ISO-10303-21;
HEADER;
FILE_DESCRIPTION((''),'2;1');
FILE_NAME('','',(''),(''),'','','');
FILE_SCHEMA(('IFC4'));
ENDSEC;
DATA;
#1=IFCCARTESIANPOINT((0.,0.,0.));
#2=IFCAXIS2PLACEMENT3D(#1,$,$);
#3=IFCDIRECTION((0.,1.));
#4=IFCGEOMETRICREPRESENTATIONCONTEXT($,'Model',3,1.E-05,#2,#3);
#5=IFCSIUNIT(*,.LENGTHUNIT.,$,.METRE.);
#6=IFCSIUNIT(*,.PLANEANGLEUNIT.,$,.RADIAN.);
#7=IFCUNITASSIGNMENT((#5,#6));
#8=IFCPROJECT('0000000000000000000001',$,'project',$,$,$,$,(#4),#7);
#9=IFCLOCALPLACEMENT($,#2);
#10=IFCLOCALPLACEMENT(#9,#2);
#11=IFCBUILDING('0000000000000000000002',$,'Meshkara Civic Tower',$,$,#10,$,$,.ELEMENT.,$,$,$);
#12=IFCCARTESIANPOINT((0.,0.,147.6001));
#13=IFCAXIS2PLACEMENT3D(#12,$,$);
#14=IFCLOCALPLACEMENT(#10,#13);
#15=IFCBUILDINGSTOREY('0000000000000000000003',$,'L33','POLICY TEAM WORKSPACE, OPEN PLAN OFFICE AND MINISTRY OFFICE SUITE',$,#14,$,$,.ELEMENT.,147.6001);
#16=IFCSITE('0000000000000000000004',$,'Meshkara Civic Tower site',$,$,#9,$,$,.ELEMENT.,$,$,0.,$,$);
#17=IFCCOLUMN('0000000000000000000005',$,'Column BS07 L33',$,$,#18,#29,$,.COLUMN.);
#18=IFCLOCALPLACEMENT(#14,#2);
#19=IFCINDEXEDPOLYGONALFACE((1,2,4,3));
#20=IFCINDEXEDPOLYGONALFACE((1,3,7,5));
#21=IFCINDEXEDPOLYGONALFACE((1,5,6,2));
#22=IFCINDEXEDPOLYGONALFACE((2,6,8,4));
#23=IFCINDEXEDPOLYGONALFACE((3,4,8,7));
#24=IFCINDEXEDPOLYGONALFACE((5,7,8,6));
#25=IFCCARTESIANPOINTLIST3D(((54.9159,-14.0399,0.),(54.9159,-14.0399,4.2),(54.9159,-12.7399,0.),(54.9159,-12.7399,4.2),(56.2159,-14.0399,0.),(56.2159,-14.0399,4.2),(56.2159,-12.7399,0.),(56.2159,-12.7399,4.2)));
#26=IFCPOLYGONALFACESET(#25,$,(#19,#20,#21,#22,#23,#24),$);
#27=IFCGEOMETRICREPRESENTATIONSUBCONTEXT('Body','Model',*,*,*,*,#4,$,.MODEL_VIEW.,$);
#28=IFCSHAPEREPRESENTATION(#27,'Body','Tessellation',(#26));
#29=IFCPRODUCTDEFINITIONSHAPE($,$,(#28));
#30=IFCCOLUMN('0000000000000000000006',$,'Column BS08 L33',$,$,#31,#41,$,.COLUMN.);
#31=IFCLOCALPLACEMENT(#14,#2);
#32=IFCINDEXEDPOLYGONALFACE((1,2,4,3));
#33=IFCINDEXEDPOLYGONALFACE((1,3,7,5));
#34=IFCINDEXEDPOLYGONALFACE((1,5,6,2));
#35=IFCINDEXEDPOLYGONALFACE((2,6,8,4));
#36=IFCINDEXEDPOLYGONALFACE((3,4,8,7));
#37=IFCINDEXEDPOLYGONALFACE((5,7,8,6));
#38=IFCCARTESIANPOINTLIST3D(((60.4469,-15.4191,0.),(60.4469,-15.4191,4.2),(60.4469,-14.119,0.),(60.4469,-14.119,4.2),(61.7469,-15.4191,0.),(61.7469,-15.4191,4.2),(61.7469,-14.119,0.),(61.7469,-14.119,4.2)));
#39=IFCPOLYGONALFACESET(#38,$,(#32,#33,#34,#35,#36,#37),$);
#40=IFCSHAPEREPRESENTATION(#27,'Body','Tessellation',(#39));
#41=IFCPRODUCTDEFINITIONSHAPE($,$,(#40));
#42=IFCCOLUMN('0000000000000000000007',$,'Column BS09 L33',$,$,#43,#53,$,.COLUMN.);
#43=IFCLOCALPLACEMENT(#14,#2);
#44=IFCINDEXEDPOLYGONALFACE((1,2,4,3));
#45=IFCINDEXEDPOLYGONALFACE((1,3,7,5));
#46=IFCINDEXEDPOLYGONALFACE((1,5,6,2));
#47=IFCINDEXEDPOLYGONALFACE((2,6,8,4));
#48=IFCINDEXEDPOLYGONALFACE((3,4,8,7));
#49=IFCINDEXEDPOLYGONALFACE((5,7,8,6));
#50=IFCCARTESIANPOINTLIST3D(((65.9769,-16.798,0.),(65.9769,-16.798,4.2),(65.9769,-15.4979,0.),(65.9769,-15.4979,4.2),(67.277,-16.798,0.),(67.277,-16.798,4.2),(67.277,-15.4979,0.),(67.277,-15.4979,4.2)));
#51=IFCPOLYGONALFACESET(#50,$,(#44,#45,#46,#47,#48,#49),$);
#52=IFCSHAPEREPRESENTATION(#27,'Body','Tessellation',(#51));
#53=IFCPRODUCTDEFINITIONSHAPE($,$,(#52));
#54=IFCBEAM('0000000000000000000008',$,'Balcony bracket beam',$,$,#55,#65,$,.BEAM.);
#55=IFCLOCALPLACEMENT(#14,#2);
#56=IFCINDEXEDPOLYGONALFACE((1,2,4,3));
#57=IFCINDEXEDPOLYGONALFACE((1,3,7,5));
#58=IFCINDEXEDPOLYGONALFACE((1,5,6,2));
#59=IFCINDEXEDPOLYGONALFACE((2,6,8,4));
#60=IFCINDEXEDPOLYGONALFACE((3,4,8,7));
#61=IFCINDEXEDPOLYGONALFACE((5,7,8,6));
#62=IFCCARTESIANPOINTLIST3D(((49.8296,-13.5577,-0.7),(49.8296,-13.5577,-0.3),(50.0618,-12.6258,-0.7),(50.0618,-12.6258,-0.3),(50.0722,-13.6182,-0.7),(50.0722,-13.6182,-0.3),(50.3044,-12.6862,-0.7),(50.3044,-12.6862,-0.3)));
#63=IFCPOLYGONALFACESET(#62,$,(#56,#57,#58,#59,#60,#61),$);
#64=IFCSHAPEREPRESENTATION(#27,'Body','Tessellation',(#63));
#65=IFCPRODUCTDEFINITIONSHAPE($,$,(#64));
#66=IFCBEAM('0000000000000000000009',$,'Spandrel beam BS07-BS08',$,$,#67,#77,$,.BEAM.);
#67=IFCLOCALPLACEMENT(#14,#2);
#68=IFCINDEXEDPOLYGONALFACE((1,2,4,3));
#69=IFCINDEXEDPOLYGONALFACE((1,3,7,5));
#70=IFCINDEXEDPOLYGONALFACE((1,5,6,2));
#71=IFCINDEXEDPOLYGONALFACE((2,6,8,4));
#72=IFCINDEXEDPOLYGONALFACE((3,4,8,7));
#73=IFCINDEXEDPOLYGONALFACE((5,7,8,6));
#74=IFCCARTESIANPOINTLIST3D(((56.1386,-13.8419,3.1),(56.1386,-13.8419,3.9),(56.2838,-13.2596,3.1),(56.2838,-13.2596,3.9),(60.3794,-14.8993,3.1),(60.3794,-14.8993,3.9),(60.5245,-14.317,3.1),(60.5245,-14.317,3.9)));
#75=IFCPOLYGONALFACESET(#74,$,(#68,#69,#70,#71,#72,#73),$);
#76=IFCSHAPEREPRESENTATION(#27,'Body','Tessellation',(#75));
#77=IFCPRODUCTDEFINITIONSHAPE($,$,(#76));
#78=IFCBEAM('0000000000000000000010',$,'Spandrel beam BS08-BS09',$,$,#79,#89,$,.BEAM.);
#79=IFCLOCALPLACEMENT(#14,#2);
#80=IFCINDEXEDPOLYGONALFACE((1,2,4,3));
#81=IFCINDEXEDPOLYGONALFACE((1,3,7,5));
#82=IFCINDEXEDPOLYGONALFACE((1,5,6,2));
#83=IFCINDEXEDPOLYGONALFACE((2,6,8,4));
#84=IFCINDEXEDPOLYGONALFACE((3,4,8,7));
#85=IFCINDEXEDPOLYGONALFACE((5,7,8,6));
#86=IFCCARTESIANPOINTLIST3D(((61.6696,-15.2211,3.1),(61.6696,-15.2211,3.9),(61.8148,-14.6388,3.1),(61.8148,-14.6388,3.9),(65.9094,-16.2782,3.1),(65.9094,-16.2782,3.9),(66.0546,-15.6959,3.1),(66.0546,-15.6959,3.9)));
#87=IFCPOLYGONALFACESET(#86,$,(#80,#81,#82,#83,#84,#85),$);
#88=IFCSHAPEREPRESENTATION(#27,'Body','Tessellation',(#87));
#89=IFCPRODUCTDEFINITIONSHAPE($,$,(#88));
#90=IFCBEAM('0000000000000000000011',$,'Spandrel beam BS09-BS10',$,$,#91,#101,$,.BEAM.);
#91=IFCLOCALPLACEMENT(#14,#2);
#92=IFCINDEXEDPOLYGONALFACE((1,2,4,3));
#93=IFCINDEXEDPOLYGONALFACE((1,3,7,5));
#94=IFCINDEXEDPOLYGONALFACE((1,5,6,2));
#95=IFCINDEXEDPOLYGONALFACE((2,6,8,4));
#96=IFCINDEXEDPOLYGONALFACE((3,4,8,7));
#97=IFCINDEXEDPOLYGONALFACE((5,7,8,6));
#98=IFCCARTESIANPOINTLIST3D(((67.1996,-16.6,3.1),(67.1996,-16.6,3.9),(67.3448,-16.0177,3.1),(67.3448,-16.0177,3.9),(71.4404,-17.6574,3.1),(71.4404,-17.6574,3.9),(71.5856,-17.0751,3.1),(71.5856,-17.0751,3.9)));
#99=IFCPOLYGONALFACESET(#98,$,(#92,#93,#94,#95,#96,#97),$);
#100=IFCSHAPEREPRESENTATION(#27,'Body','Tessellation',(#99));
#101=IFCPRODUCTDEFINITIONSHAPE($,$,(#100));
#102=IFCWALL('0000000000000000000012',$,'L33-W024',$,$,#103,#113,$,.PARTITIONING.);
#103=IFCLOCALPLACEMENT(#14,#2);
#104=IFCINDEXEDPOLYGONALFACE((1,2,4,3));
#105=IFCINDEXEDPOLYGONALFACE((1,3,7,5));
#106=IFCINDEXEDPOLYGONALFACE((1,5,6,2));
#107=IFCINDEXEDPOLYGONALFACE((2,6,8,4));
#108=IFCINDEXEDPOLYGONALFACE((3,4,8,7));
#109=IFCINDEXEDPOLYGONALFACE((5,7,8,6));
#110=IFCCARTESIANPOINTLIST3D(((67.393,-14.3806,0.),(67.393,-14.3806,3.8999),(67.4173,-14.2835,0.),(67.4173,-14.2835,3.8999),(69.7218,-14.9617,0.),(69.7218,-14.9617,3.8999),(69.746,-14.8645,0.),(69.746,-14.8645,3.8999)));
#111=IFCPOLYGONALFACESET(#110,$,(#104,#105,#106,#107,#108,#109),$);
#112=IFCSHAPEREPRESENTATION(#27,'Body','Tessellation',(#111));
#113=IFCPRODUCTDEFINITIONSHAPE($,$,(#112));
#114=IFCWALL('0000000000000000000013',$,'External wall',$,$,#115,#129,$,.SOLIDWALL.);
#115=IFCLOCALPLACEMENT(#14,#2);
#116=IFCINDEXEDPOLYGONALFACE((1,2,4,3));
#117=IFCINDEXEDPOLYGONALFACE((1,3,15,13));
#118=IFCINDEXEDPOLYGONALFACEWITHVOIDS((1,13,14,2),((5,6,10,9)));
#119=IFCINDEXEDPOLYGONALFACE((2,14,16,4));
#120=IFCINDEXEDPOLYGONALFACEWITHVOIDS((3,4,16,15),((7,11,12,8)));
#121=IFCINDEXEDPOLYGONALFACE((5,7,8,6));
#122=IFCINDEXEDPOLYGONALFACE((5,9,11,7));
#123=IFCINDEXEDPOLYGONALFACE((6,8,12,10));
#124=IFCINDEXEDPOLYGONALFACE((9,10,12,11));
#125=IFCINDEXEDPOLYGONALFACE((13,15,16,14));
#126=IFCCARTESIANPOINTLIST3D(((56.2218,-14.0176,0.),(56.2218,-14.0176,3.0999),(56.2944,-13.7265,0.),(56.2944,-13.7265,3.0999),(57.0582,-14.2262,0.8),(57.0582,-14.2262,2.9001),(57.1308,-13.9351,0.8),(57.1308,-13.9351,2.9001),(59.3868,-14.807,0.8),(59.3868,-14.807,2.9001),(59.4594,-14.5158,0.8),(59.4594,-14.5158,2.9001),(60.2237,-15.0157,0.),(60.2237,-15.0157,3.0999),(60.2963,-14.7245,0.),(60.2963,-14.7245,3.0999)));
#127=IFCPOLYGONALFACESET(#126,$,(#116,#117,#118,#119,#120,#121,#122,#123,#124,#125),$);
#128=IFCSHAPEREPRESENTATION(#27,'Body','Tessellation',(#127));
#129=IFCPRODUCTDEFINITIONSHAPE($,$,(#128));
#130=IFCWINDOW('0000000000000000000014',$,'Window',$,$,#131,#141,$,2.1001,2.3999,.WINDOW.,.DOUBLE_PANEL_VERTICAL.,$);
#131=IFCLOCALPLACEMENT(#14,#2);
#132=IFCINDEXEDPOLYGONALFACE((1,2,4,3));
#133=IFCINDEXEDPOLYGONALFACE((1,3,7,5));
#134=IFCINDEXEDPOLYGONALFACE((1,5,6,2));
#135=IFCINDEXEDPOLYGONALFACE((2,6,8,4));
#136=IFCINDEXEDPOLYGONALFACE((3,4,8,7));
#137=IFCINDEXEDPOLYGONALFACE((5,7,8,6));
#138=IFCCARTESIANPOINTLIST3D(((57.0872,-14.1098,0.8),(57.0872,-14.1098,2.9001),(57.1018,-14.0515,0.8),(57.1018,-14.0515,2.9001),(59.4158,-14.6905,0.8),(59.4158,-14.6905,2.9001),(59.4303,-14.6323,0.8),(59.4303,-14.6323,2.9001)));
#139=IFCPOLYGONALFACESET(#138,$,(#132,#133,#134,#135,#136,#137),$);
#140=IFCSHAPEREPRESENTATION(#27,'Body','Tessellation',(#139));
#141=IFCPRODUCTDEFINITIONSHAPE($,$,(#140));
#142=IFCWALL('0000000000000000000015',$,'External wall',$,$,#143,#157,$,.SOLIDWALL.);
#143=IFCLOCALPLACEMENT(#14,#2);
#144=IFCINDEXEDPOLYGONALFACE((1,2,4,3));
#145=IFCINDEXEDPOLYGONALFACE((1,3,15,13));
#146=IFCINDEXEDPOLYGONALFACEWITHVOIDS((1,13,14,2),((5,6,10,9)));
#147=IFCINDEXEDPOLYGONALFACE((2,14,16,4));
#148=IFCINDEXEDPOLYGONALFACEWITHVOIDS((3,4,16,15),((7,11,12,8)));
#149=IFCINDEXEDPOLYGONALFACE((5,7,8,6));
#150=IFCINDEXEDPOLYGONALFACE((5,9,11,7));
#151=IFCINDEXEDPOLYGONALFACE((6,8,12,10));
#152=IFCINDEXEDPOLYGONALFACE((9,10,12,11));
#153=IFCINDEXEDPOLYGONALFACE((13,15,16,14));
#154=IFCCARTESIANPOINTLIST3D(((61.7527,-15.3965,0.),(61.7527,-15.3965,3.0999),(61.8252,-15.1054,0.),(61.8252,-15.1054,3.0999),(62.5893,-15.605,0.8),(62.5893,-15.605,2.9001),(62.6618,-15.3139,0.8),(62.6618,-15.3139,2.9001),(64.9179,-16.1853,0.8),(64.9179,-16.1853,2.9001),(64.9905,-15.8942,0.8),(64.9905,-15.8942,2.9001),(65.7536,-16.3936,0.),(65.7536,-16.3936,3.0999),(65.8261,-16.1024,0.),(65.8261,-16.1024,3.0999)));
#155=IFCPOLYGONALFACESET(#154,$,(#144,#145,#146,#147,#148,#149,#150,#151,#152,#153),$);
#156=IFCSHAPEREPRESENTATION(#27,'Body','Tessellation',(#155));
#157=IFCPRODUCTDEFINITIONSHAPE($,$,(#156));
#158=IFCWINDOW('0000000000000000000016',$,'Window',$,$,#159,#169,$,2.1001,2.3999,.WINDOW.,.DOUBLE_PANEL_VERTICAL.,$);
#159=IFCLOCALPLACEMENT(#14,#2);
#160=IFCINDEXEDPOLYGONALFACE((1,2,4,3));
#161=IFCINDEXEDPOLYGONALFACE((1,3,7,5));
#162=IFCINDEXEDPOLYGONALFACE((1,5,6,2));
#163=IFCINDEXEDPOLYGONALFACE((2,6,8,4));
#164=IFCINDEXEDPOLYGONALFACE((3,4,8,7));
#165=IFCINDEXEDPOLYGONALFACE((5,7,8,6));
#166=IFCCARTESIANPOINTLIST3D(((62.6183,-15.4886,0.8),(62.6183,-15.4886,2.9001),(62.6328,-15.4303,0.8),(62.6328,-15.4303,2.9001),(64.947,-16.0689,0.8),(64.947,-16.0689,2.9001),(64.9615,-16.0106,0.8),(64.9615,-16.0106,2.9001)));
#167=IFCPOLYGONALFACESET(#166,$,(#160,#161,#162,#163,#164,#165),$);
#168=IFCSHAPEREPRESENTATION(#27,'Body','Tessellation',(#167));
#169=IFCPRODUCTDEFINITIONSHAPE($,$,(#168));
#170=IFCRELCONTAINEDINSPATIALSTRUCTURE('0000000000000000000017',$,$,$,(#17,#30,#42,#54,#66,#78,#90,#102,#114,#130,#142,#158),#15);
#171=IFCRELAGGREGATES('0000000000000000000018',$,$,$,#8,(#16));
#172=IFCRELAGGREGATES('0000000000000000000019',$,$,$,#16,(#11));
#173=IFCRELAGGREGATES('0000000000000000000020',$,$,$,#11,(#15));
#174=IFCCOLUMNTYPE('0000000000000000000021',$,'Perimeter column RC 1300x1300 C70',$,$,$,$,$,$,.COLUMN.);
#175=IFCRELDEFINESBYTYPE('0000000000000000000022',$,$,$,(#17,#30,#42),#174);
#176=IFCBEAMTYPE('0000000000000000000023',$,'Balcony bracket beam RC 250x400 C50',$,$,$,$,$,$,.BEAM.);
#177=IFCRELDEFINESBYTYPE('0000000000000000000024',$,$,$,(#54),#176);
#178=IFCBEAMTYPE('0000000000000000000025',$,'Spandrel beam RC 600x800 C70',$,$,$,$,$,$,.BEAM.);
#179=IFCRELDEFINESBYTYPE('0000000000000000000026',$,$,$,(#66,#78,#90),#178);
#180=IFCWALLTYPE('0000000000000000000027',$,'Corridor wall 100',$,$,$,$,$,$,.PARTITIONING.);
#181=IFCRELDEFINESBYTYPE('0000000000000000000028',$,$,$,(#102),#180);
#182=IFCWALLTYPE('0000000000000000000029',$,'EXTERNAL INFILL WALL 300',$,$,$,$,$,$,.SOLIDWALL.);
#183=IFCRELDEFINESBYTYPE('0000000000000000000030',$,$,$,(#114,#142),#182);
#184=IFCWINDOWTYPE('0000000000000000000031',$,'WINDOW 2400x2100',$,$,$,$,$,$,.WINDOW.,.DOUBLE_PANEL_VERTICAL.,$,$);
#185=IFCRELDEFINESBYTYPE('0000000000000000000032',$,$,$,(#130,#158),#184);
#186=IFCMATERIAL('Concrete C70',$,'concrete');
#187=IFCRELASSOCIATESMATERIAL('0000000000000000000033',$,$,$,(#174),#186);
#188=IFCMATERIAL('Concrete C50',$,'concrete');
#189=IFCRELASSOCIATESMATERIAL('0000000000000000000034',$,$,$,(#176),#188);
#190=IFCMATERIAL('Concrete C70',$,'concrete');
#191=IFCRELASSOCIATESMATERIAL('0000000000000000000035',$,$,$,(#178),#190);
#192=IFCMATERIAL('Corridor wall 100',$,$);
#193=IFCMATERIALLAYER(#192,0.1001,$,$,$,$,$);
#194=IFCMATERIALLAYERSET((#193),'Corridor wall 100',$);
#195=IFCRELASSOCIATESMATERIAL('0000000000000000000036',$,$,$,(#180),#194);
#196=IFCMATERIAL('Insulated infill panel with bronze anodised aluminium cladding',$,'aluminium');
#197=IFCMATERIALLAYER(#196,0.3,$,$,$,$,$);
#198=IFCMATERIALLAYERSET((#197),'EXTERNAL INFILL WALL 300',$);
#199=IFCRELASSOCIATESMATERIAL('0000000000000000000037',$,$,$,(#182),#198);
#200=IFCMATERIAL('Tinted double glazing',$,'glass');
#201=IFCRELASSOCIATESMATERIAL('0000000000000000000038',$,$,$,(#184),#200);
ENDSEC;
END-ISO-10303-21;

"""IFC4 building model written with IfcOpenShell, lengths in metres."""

from ifc_helpers import new_model, si_unit, direction, frame, frame_2d, origin, origin_2d, place, context, subcontext, project, spatial, rectangle, extrude, material, layer, layer_set, material_profile, profile_set, type_object, element, fill, save


model = new_model("IFC4")

# Units and contexts
model_context = context("Model", 3, precision=1e-05, world=origin(), true_north=direction((0.0, 1.0)))
body_context = subcontext(model_context, "Body", "Model", "MODEL_VIEW")
ifc_project = project(units=[si_unit("LENGTHUNIT", "METRE"), si_unit("PLANEANGLEUNIT", "RADIAN")], contexts=[model_context])

# Site, building, storey
site_placement = place(None, origin())
site = spatial("IfcSite", under=ifc_project, at=site_placement, Name="Meshkara Civic Tower site", CompositionType="ELEMENT", RefElevation=0.0)
building_placement = place(site_placement, origin())
building = spatial("IfcBuilding", under=site, at=building_placement, Name="Meshkara Civic Tower", CompositionType="ELEMENT")
storey_placement = place(building_placement, frame((0.0, 0.0, 147.6001)))
storey = spatial("IfcBuildingStorey", under=building, at=storey_placement, Name="L33", Description="POLICY TEAM WORKSPACE, OPEN PLAN OFFICE AND MINISTRY OFFICE SUITE", CompositionType="ELEMENT", Elevation=147.6001)

# Columns
ifc_material_1 = material(Name="Concrete C70", Category="concrete")
ifc_material_profile_1 = material_profile(ifc_material_1, rectangle(XDim=1.3, YDim=1.3, at=origin_2d()))
ifc_profile_set_1 = profile_set([ifc_material_profile_1], Name="Concrete C70")
column_type = type_object("IfcColumnType", Name="Perimeter column RC 1300x1300 C70", PredefinedType="COLUMN", material=ifc_profile_set_1)
for number, where, z_axis, x_axis, name in (
    (1, (55.5659, -13.3899, 0.0), (0.0, 0.0, 1.0), (1.0, 0.0, 0.0), "Column BS07 L33"),
    (2, (61.0969, -14.769, 0.0), (0.0, 0.0, 1.0), (1.0, 0.0, 0.0), "Column BS08 L33"),
    (3, (66.627, -16.1479, 0.0), (0.0, 0.0, 1.0), (1.0, 0.0, 0.0), "Column BS09 L33"),
):
    element("IfcColumn", number, at=place(storey_placement, frame(where, z_axis=z_axis, x_axis=x_axis)), inside=storey, type_object=column_type, Name=name, PredefinedType="COLUMN", context=body_context, shape_type="SweptSolid", body=[
        extrude(rectangle(XDim=1.3, YDim=1.3, at=origin_2d()), origin(), (0.0, 0.0, 1.0), 4.2),
    ])

# Beams
ifc_material_2 = material(Name="Concrete C50", Category="concrete")
ifc_material_profile_2 = material_profile(ifc_material_2, rectangle(XDim=0.25, YDim=0.3999, at=origin_2d()))
ifc_profile_set_2 = profile_set([ifc_material_profile_2], Name="Concrete C50")
beam_type_1 = type_object("IfcBeamType", Name="Balcony bracket beam RC 250x400 C50", PredefinedType="BEAM", material=ifc_profile_set_2)
beam_1_placement = place(storey_placement, frame((50.1831, -12.656, -0.5), z_axis=(-0.241758, -0.970337, 0.0), x_axis=(0.970337, -0.241758, 0.0)))
element("IfcBeam", 4, at=beam_1_placement, inside=storey, type_object=beam_type_1, Name="Balcony bracket beam", PredefinedType="BEAM", context=body_context, shape_type="SweptSolid", body=[
    extrude(rectangle(XDim=0.25, YDim=0.3999, at=origin_2d()), origin(), (0.0, 0.0, 1.0), 0.9604),
])
ifc_material_3 = material(Name="Concrete C70", Category="concrete")
ifc_material_profile_3 = material_profile(ifc_material_3, rectangle(XDim=0.6001, YDim=0.8, at=origin_2d()))
ifc_profile_set_3 = profile_set([ifc_material_profile_3], Name="Concrete C70")
beam_type_2 = type_object("IfcBeamType", Name="Spandrel beam RC 600x800 C70", PredefinedType="BEAM", material=ifc_profile_set_3)
beam_2_placement = place(storey_placement, frame((56.2112, -13.5508, 3.5), z_axis=(0.970293, -0.241931, 0.0), x_axis=(0.241931, 0.970293, 0.0)))
element("IfcBeam", 5, at=beam_2_placement, inside=storey, type_object=beam_type_2, Name="Spandrel beam BS07-BS08", PredefinedType="BEAM", context=body_context, shape_type="SweptSolid", body=[
    extrude(rectangle(XDim=0.6001, YDim=0.8, at=origin_2d()), origin(), (0.0, 0.0, 1.0), 4.3706),
])
beam_3_placement = place(storey_placement, frame((61.7422, -14.9299, 3.5), z_axis=(0.970293, -0.241931, 0.0), x_axis=(0.241931, 0.970293, 0.0)))
element("IfcBeam", 6, at=beam_3_placement, inside=storey, type_object=beam_type_2, Name="Spandrel beam BS08-BS09", PredefinedType="BEAM", context=body_context, shape_type="SweptSolid", body=[
    extrude(rectangle(XDim=0.6001, YDim=0.8, at=origin_2d()), origin(), (0.0, 0.0, 1.0), 4.3696),
])
beam_4_placement = place(storey_placement, frame((67.2722, -16.3088, 3.5), z_axis=(0.970293, -0.241931, 0.0), x_axis=(0.241931, 0.970293, 0.0)))
element("IfcBeam", 7, at=beam_4_placement, inside=storey, type_object=beam_type_2, Name="Spandrel beam BS09-BS10", PredefinedType="BEAM", context=body_context, shape_type="SweptSolid", body=[
    extrude(rectangle(XDim=0.6001, YDim=0.8, at=origin_2d()), origin(), (0.0, 0.0, 1.0), 4.3706),
])

# Wall
ifc_material_4 = material(Name="Corridor wall 100")
ifc_layer_1 = layer(ifc_material_4, 0.1001)
ifc_layer_set_1 = layer_set([ifc_layer_1], Name="Corridor wall 100")
wall_type_1 = type_object("IfcWallType", Name="Corridor wall 100", PredefinedType="PARTITIONING", material=ifc_layer_set_1)
wall_1_placement = place(storey_placement, frame((67.405, -14.332, 0.0), z_axis=(0.0, 0.0, 1.0), x_axis=(0.970256, -0.242081, 0.0)))
element("IfcWall", 8, at=wall_1_placement, inside=storey, type_object=wall_type_1, Name="L33-W024", PredefinedType="PARTITIONING", context=body_context, shape_type="SweptSolid", body=[
    extrude(rectangle(XDim=2.4001, YDim=0.1001, at=frame_2d((1.2002, 0.0))), origin(), (0.0, 0.0, 1.0), 3.8999),
])

# Walls, openings, windows
ifc_material_5 = material(Name="Insulated infill panel with bronze anodised aluminium cladding", Category="aluminium")
ifc_layer_2 = layer(ifc_material_5, 0.3)
ifc_layer_set_2 = layer_set([ifc_layer_2], Name="EXTERNAL INFILL WALL 300")
wall_type_2 = type_object("IfcWallType", Name="EXTERNAL INFILL WALL 300", PredefinedType="SOLIDWALL", material=ifc_layer_set_2)
wall_2_placement = place(storey_placement, frame((56.2581, -13.8721, 0.0), z_axis=(0.0, 0.0, 1.0), x_axis=(0.970282, -0.241978, 0.0)))
wall_2 = element("IfcWall", 9, at=wall_2_placement, inside=storey, type_object=wall_type_2, Name="External wall", PredefinedType="SOLIDWALL", context=body_context, shape_type="SweptSolid", body=[
    extrude(rectangle(XDim=4.1245, YDim=0.3, at=frame_2d((2.0623, 0.0))), origin(), (0.0, 0.0, 1.0), 3.0999),
])
opening_1_placement = place(wall_2_placement, frame((0.8621, 0.0, 0.8)))
opening_1 = element("IfcOpeningElement", 10, at=opening_1_placement, cuts=wall_2, PredefinedType="OPENING", context=body_context, shape_type="SweptSolid", body=[
    extrude(rectangle(XDim=2.3999, YDim=2.1001, at=frame_2d((1.2, 1.05))), frame((0.0, 0.1599, 0.0), z_axis=(0.0, -1.0, 0.0), x_axis=(1.0, 0.0, 0.0)), (0.0, 0.0, 1.0), 0.3201),
])
ifc_material_6 = material(Name="Tinted double glazing", Category="glass")
window_type = type_object("IfcWindowType", Name="WINDOW 2400x2100", PartitioningType="DOUBLE_PANEL_VERTICAL", PredefinedType="WINDOW", material=ifc_material_6)
window_1_placement = place(opening_1_placement, origin())
window_1 = element("IfcWindow", 11, at=window_1_placement, inside=storey, type_object=window_type, Name="Window", OverallHeight=2.1001, OverallWidth=2.3999, PartitioningType="DOUBLE_PANEL_VERTICAL", PredefinedType="WINDOW", context=body_context, shape_type="SweptSolid", body=[
    extrude(rectangle(XDim=2.3999, YDim=2.1001, at=frame_2d((1.2, 1.05))), frame((0.0, 0.03, 0.0), z_axis=(0.0, -1.0, 0.0), x_axis=(1.0, 0.0, 0.0)), (0.0, 0.0, 1.0), 0.0601),
])
fill(opening_1, window_1)
wall_3_placement = place(storey_placement, frame((61.7891, -15.251, 0.0), z_axis=(0.0, 0.0, 1.0), x_axis=(0.970323, -0.241811, 0.0)))
wall_3 = element("IfcWall", 12, at=wall_3_placement, inside=storey, type_object=wall_type_2, Name="External wall", PredefinedType="SOLIDWALL", context=body_context, shape_type="SweptSolid", body=[
    extrude(rectangle(XDim=4.1233, YDim=0.3, at=frame_2d((2.0615, 0.0))), origin(), (0.0, 0.0, 1.0), 3.0999),
])
opening_2_placement = place(wall_3_placement, frame((0.8621, 0.0, 0.8)))
opening_2 = element("IfcOpeningElement", 13, at=opening_2_placement, cuts=wall_3, PredefinedType="OPENING", context=body_context, shape_type="SweptSolid", body=[
    extrude(rectangle(XDim=2.3999, YDim=2.1001, at=frame_2d((1.2, 1.05))), frame((0.0, 0.1599, 0.0), z_axis=(0.0, -1.0, 0.0), x_axis=(1.0, 0.0, 0.0)), (0.0, 0.0, 1.0), 0.3201),
])
window_2_placement = place(opening_2_placement, origin())
window_2 = element("IfcWindow", 14, at=window_2_placement, inside=storey, type_object=window_type, Name="Window", OverallHeight=2.1001, OverallWidth=2.3999, PartitioningType="DOUBLE_PANEL_VERTICAL", PredefinedType="WINDOW", context=body_context, shape_type="SweptSolid", body=[
    extrude(rectangle(XDim=2.3999, YDim=2.1001, at=frame_2d((1.2, 1.05))), frame((0.0, 0.03, 0.0), z_axis=(0.0, -1.0, 0.0), x_axis=(1.0, 0.0, 0.0)), (0.0, 0.0, 1.0), 0.0601),
])
fill(opening_2, window_2)

save(model, "model.ifc")
